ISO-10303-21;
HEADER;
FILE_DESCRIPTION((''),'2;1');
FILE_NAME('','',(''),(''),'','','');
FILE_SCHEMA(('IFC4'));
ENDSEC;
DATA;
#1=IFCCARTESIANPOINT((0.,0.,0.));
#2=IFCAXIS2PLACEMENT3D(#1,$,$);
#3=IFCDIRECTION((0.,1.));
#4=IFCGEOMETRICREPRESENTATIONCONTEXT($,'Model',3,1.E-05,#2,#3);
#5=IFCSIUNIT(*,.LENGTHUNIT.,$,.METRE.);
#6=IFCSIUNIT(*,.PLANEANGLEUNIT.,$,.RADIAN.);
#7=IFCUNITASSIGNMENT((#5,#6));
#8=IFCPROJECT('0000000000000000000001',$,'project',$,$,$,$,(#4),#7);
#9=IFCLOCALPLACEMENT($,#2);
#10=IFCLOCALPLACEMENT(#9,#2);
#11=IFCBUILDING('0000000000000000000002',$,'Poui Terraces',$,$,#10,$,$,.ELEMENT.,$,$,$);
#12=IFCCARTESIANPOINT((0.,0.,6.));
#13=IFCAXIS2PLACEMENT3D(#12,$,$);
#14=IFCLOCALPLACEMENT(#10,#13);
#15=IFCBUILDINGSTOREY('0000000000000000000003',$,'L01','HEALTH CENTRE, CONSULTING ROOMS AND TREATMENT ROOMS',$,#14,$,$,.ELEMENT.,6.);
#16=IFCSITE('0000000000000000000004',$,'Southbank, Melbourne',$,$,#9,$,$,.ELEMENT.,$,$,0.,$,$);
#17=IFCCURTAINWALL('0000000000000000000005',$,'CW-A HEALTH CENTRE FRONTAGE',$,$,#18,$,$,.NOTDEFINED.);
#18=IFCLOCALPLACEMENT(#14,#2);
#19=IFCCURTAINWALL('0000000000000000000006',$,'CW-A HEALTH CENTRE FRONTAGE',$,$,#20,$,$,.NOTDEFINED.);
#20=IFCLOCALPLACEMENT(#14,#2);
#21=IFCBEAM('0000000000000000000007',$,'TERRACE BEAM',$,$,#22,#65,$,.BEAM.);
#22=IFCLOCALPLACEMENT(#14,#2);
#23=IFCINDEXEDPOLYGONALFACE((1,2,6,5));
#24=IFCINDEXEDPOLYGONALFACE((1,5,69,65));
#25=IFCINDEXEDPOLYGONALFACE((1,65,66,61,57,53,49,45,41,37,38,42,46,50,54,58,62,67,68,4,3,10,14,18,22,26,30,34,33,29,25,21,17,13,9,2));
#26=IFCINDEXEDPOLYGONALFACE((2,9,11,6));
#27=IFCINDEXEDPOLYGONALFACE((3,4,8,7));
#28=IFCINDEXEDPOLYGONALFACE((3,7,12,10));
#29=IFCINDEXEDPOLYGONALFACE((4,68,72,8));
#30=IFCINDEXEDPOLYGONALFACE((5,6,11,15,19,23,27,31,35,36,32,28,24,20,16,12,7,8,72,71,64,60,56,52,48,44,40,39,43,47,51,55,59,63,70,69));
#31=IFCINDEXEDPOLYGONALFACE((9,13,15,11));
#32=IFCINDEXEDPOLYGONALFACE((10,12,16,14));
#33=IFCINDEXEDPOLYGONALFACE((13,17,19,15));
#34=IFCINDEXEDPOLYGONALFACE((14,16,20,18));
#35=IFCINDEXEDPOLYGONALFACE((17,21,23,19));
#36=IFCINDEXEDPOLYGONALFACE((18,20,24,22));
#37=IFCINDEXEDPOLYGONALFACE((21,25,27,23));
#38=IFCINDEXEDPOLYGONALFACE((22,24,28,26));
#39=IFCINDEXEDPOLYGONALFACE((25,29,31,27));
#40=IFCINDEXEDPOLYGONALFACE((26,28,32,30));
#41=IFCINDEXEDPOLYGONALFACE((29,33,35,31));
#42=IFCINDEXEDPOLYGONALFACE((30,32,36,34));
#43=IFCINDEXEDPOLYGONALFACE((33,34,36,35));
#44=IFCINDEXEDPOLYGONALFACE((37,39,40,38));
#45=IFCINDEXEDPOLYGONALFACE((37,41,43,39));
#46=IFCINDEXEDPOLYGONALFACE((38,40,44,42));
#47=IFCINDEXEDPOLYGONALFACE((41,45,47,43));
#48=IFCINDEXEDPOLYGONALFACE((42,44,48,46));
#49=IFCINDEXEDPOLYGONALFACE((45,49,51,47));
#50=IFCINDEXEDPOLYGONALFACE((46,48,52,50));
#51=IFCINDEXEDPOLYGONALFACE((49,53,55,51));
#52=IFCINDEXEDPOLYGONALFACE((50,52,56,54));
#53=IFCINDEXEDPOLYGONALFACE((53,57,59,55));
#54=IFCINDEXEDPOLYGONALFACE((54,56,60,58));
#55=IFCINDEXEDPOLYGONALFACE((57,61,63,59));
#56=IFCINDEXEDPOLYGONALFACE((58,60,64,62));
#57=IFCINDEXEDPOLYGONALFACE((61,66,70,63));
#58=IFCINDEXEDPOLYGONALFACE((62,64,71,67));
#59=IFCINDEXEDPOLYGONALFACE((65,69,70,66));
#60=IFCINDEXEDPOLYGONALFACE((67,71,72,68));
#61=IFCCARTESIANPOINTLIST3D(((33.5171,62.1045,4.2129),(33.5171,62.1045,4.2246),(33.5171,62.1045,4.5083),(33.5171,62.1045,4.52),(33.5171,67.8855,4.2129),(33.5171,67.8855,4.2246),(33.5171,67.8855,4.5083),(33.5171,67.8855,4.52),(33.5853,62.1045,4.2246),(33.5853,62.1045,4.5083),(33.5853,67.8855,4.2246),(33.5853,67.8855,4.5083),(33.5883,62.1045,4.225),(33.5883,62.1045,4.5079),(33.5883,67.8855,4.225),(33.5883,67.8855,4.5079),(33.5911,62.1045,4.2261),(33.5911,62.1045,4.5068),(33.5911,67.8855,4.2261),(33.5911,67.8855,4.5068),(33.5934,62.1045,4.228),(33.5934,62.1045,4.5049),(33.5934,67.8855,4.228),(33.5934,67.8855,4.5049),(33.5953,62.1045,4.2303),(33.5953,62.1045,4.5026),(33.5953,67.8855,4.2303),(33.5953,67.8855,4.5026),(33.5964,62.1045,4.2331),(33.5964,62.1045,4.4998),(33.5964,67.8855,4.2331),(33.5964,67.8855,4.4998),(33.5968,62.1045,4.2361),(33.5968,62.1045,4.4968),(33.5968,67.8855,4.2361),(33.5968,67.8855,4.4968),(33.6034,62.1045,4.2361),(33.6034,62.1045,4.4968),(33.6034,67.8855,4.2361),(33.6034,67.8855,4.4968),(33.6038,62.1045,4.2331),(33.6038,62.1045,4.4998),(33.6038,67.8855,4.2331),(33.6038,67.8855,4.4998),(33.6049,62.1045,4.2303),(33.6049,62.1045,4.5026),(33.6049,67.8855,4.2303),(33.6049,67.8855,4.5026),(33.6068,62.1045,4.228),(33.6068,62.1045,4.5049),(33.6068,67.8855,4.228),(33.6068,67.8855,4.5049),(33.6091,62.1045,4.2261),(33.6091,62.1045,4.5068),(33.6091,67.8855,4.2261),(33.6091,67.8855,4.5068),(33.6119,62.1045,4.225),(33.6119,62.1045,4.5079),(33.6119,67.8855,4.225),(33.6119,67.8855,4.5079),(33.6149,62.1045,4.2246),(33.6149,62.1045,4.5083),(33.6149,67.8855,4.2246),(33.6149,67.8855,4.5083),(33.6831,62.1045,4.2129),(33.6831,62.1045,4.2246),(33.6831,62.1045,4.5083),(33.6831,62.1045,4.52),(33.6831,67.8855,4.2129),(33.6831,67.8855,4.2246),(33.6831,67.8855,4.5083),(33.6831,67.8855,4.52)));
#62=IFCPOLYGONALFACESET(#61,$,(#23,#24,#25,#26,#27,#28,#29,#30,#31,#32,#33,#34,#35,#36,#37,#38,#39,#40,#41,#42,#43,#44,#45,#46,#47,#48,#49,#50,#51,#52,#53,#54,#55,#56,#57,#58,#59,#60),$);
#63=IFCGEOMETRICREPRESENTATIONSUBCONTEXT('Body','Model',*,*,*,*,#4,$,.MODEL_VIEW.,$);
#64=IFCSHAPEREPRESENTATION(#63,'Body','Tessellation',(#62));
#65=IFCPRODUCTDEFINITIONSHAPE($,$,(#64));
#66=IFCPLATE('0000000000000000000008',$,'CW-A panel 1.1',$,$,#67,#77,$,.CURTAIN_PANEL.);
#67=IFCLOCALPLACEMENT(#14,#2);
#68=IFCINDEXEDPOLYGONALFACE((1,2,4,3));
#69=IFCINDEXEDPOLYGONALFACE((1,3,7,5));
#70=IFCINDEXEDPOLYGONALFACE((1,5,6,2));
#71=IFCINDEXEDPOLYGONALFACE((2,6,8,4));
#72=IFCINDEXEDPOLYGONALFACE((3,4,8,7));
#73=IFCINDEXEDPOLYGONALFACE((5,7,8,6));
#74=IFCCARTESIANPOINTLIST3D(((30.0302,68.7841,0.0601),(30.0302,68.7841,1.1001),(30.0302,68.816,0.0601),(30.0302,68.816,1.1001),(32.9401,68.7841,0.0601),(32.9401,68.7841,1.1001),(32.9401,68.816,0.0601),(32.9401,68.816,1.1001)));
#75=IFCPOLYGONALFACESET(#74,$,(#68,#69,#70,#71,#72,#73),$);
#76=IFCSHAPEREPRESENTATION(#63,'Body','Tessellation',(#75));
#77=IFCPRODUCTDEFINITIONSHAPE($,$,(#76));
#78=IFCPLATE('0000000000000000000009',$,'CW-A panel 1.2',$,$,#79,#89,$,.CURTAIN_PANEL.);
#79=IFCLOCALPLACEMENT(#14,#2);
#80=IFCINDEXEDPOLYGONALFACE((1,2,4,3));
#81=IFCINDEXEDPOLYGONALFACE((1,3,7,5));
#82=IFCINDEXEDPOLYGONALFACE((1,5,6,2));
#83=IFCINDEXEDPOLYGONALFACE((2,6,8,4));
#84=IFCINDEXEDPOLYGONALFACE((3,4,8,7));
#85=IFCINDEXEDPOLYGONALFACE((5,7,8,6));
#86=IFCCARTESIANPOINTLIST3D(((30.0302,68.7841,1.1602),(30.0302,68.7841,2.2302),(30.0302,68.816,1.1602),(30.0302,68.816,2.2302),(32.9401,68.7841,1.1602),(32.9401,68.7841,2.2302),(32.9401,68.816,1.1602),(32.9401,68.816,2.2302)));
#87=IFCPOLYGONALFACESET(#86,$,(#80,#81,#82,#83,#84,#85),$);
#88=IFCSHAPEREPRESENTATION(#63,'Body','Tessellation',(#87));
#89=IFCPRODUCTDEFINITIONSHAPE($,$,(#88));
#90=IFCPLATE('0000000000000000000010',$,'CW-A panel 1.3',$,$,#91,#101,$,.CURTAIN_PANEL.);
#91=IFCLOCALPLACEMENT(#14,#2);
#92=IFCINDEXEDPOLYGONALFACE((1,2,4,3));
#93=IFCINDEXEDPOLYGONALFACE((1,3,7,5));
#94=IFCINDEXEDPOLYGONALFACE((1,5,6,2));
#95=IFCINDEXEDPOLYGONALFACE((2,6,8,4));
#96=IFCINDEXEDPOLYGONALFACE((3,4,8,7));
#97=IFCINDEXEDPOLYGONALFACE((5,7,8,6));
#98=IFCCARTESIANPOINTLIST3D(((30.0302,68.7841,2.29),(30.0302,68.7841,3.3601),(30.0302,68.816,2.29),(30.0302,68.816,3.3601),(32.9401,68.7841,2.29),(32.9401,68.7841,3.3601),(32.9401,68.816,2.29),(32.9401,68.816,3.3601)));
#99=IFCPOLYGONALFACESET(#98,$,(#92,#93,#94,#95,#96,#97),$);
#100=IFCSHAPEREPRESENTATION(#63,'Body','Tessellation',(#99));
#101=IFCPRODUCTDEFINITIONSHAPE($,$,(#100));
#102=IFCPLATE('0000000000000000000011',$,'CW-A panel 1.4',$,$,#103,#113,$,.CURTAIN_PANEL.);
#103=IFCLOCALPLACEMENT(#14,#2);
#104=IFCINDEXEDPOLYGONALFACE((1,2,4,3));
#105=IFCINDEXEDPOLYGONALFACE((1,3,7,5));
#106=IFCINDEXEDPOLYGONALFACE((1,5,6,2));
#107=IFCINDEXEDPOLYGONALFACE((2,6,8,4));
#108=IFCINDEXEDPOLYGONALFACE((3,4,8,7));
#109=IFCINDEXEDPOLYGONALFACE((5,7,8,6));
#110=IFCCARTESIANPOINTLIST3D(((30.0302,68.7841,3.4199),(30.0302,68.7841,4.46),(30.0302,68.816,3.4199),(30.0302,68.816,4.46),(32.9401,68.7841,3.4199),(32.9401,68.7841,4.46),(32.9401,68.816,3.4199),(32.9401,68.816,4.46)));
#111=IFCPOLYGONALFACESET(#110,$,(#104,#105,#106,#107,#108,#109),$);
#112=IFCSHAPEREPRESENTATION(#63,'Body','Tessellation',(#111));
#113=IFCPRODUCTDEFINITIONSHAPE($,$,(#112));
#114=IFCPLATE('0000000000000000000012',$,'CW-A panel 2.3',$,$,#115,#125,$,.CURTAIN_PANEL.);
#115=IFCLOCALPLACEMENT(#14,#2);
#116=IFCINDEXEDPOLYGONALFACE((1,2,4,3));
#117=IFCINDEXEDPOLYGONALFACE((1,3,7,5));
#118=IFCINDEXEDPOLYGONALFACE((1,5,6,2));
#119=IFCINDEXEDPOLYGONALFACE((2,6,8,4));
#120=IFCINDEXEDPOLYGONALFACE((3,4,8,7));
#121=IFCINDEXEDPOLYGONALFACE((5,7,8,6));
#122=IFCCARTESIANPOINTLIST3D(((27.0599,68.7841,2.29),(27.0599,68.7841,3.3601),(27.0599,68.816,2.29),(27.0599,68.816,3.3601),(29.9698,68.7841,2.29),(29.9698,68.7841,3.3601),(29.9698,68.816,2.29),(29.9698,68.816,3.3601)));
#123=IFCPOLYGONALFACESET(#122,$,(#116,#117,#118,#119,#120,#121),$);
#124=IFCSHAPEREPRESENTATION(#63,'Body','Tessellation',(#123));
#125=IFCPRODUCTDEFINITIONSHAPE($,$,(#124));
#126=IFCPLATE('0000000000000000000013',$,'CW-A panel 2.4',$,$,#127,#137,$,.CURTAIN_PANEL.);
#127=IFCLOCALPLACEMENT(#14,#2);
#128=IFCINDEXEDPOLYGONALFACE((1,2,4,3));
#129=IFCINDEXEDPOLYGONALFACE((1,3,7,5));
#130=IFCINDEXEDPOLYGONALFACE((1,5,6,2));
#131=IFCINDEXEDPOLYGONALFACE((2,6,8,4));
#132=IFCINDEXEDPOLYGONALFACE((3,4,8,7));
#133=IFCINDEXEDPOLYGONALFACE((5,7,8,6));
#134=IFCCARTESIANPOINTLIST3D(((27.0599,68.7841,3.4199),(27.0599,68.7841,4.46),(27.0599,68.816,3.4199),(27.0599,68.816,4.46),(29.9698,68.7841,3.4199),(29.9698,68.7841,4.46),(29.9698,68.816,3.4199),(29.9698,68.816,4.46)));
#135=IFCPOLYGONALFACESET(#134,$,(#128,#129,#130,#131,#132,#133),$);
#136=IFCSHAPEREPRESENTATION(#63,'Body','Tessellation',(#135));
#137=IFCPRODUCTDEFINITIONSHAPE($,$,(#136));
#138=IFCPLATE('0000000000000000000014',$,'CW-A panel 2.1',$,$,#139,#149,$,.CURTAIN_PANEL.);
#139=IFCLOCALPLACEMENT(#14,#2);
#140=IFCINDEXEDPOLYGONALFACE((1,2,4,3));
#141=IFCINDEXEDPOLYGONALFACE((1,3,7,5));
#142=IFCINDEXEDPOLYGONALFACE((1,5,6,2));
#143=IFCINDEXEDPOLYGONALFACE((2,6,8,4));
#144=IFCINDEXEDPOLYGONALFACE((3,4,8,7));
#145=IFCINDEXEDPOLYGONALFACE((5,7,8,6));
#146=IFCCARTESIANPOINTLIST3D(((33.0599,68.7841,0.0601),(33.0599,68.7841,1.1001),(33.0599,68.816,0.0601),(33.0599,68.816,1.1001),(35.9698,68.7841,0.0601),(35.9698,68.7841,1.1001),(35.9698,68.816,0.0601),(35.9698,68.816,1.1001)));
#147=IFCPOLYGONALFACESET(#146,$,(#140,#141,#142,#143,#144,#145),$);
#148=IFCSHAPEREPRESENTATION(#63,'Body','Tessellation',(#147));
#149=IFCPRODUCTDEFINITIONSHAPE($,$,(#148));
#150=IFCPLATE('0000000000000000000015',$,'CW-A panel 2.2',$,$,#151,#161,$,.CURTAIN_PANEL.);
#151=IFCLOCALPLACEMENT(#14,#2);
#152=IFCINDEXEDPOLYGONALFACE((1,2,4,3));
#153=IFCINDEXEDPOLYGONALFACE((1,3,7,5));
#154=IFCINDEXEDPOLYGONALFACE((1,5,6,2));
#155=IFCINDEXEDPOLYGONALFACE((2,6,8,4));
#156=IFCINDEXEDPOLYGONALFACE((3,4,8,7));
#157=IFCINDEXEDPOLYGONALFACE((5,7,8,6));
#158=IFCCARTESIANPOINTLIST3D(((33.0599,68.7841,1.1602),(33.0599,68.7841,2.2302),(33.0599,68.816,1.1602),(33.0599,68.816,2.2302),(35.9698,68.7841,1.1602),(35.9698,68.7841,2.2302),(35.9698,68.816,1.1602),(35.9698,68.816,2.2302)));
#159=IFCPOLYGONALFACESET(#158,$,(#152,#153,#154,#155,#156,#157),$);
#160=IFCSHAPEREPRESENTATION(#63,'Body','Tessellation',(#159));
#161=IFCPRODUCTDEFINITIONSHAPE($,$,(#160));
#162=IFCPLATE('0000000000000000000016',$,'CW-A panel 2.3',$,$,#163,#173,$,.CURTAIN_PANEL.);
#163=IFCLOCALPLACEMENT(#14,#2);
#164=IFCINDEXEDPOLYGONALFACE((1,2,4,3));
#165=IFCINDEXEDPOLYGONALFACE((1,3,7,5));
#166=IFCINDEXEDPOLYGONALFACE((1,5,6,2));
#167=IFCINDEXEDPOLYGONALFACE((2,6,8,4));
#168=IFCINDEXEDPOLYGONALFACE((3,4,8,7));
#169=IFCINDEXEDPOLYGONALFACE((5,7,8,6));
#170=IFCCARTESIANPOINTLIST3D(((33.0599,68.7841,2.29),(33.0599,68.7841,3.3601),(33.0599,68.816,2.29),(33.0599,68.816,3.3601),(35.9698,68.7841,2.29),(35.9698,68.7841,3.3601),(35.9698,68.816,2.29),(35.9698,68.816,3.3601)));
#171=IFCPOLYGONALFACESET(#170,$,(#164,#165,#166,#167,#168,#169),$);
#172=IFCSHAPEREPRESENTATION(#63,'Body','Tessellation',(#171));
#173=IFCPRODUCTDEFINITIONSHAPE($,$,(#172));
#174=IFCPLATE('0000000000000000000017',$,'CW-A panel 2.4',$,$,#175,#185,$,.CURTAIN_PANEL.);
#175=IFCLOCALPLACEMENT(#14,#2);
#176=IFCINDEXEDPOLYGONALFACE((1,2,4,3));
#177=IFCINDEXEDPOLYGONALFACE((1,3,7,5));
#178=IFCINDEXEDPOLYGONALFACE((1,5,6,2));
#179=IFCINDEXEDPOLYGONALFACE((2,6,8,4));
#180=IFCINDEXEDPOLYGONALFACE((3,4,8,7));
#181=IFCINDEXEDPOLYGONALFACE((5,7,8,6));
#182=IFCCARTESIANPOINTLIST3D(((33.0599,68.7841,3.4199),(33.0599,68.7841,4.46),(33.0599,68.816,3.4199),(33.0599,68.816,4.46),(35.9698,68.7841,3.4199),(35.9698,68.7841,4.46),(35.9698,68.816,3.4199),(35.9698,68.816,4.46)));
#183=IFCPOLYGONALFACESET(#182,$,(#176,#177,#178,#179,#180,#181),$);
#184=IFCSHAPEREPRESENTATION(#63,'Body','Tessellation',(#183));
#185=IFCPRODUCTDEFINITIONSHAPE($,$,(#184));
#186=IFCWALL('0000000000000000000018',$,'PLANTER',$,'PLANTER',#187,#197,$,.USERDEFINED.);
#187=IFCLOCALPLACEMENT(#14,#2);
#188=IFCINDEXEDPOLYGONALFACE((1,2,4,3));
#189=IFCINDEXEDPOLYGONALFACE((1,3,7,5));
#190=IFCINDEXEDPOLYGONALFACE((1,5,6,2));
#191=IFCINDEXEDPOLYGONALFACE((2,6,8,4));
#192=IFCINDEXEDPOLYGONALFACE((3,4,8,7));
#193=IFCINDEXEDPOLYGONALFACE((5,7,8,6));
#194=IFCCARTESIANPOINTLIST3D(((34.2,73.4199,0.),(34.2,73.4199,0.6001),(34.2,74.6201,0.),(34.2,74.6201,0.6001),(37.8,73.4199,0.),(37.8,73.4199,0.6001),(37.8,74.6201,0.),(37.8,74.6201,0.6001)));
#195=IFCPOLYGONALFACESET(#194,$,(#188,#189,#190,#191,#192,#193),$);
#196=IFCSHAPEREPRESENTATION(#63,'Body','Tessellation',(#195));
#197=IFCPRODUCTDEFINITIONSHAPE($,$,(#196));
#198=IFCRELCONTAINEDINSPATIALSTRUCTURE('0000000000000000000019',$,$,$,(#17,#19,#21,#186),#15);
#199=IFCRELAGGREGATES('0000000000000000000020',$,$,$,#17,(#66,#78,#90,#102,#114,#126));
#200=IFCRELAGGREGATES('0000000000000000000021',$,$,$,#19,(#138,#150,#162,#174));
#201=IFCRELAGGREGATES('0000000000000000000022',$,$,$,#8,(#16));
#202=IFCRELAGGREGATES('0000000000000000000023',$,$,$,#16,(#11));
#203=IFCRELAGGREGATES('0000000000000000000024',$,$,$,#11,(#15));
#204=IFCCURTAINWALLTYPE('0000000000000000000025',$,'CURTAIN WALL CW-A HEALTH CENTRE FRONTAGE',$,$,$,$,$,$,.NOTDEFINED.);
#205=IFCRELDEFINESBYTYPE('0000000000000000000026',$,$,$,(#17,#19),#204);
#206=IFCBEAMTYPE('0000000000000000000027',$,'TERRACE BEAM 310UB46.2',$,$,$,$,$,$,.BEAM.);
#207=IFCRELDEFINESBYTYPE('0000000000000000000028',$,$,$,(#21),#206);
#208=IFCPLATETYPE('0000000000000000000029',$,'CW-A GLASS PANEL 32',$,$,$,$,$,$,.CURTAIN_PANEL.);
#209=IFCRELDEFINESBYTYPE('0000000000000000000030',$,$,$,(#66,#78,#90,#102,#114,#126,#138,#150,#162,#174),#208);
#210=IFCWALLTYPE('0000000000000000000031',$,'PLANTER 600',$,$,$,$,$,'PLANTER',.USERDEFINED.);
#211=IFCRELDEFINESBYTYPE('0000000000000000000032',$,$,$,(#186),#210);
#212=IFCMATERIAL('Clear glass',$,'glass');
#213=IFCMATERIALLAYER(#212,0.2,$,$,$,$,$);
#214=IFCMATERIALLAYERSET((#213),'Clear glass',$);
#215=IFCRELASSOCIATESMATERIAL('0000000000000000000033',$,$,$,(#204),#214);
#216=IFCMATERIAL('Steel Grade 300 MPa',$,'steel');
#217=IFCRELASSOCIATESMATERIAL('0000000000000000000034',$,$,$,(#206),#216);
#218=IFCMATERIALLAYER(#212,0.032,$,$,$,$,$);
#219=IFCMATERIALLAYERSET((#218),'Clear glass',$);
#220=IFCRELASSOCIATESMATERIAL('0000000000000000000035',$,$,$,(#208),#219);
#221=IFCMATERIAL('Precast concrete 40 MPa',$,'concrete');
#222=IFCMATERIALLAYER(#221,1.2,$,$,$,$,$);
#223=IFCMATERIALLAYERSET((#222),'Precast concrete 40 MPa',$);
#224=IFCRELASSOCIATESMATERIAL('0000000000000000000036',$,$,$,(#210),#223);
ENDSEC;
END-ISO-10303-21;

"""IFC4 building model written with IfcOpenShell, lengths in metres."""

from ifc_helpers import new_model, si_unit, direction, frame, origin, origin_2d, place, context, subcontext, project, spatial, polyline, rectangle, i_section, outline, extrude, source, transform, mapped, material, layer, layer_set, material_profile, profile_set, type_object, element, aggregate, save


model = new_model("IFC4")

# Units and contexts
model_context = context("Model", 3, precision=1e-05, world=origin(), true_north=direction((0.0, 1.0)))
body_context = subcontext(model_context, "Body", "Model", "MODEL_VIEW")
ifc_project = project(units=[si_unit("LENGTHUNIT", "METRE"), si_unit("PLANEANGLEUNIT", "RADIAN")], contexts=[model_context])

# Site, building, storey
site_placement = place(None, origin())
site = spatial("IfcSite", under=ifc_project, at=site_placement, Name="Southbank, Melbourne", CompositionType="ELEMENT", RefElevation=0.0)
building_placement = place(site_placement, origin())
building = spatial("IfcBuilding", under=site, at=building_placement, Name="Poui Terraces", CompositionType="ELEMENT")
storey_placement = place(building_placement, frame((0.0, 0.0, 6.0)))
storey = spatial("IfcBuildingStorey", under=building, at=storey_placement, Name="L01", Description="HEALTH CENTRE, CONSULTING ROOMS AND TREATMENT ROOMS", CompositionType="ELEMENT", Elevation=6.0)

# Curtain wall
ifc_material_1 = material(Name="Clear glass", Category="glass")
ifc_layer_1 = layer(ifc_material_1, 0.2)
ifc_layer_set_1 = layer_set([ifc_layer_1], Name="Clear glass")
curtain_wall_type = type_object("IfcCurtainWallType", Name="CURTAIN WALL CW-A HEALTH CENTRE FRONTAGE", PredefinedType="NOTDEFINED", material=ifc_layer_set_1)
curtain_wall_1_placement = place(storey_placement, origin())
curtain_wall_1 = element("IfcCurtainWall", 1, at=curtain_wall_1_placement, inside=storey, type_object=curtain_wall_type, Name="CW-A HEALTH CENTRE FRONTAGE", PredefinedType="NOTDEFINED")

# Curtain wall
curtain_wall_2_placement = place(storey_placement, origin())
curtain_wall_2 = element("IfcCurtainWall", 2, at=curtain_wall_2_placement, inside=storey, type_object=curtain_wall_type, Name="CW-A HEALTH CENTRE FRONTAGE", PredefinedType="NOTDEFINED")

# Beam
ifc_material_2 = material(Name="Steel Grade 300 MPa", Category="steel")
ifc_material_profile_1 = material_profile(ifc_material_2, i_section(OverallWidth=0.166, OverallDepth=0.3071, WebThickness=0.0066, FlangeThickness=0.0117, FilletRadius=0.0115, at=origin_2d()), Name="310UB46.2")
ifc_profile_set_1 = profile_set([ifc_material_profile_1], Name="Steel Grade 300 MPa")
beam_type = type_object("IfcBeamType", Name="TERRACE BEAM 310UB46.2", PredefinedType="BEAM", material=ifc_profile_set_1)
shared_shape_1 = source(origin(), body_context, "Body", "SweptSolid", [
    extrude(i_section(OverallWidth=0.166, OverallDepth=0.3071, WebThickness=0.0066, FlangeThickness=0.0117, FilletRadius=0.0115, at=origin_2d()), origin(), (0.0, 0.0, 1.0), 5.781),
])
for number, where, z_axis, x_axis, name in (
    (3, (33.6001, 62.1045, 4.3665), (0.0, 1.0, 0.0), (-1.0, 0.0, 0.0), "TERRACE BEAM"),
):
    element("IfcBeam", number, at=place(storey_placement, frame(where, z_axis=z_axis, x_axis=x_axis)), inside=storey, type_object=beam_type, Name=name, PredefinedType="BEAM", context=body_context, shape_type="MappedRepresentation", body=[
        mapped(shared_shape_1, transform((0.0, 0.0, 0.0))),
    ])

# Plates
ifc_layer_2 = layer(ifc_material_1, 0.032)
ifc_layer_set_2 = layer_set([ifc_layer_2], Name="Clear glass")
plate_type = type_object("IfcPlateType", Name="CW-A GLASS PANEL 32", PredefinedType="CURTAIN_PANEL", material=ifc_layer_set_2)
plate_1_placement = place(storey_placement, frame((31.4851, 68.8, 0.0601), z_axis=(0.0, 0.0, 1.0), x_axis=(-1.0, 0.0, 0.0)))
plate_1 = element("IfcPlate", 4, at=plate_1_placement, type_object=plate_type, Name="CW-A panel 1.1", PredefinedType="CURTAIN_PANEL", context=body_context, shape_type="SweptSolid", body=[
    extrude(rectangle(XDim=2.9099, YDim=0.032, at=origin_2d()), origin(), (0.0, 0.0, 1.0), 1.04),
])
plate_2_placement = place(storey_placement, frame((31.4851, 68.8, 1.1602), z_axis=(0.0, 0.0, 1.0), x_axis=(-1.0, 0.0, 0.0)))
plate_2 = element("IfcPlate", 5, at=plate_2_placement, type_object=plate_type, Name="CW-A panel 1.2", PredefinedType="CURTAIN_PANEL", context=body_context, shape_type="SweptSolid", body=[
    extrude(rectangle(XDim=2.9099, YDim=0.032, at=origin_2d()), origin(), (0.0, 0.0, 1.0), 1.0701),
])
plate_3_placement = place(storey_placement, frame((31.4851, 68.8, 2.29), z_axis=(0.0, 0.0, 1.0), x_axis=(-1.0, 0.0, 0.0)))
plate_3 = element("IfcPlate", 6, at=plate_3_placement, type_object=plate_type, Name="CW-A panel 1.3", PredefinedType="CURTAIN_PANEL", context=body_context, shape_type="SweptSolid", body=[
    extrude(rectangle(XDim=2.9099, YDim=0.032, at=origin_2d()), origin(), (0.0, 0.0, 1.0), 1.0701),
])
plate_4_placement = place(storey_placement, frame((31.4851, 68.8, 3.4199), z_axis=(0.0, 0.0, 1.0), x_axis=(-1.0, 0.0, 0.0)))
plate_4 = element("IfcPlate", 7, at=plate_4_placement, type_object=plate_type, Name="CW-A panel 1.4", PredefinedType="CURTAIN_PANEL", context=body_context, shape_type="SweptSolid", body=[
    extrude(rectangle(XDim=2.9099, YDim=0.032, at=origin_2d()), origin(), (0.0, 0.0, 1.0), 1.04),
])
plate_5_placement = place(storey_placement, frame((28.5149, 68.8, 2.29), z_axis=(0.0, 0.0, 1.0), x_axis=(-1.0, 0.0, 0.0)))
plate_5 = element("IfcPlate", 8, at=plate_5_placement, type_object=plate_type, Name="CW-A panel 2.3", PredefinedType="CURTAIN_PANEL", context=body_context, shape_type="SweptSolid", body=[
    extrude(rectangle(XDim=2.9099, YDim=0.032, at=origin_2d()), origin(), (0.0, 0.0, 1.0), 1.0701),
])
plate_6_placement = place(storey_placement, frame((28.5149, 68.8, 3.4199), z_axis=(0.0, 0.0, 1.0), x_axis=(-1.0, 0.0, 0.0)))
plate_6 = element("IfcPlate", 9, at=plate_6_placement, type_object=plate_type, Name="CW-A panel 2.4", PredefinedType="CURTAIN_PANEL", context=body_context, shape_type="SweptSolid", body=[
    extrude(rectangle(XDim=2.9099, YDim=0.032, at=origin_2d()), origin(), (0.0, 0.0, 1.0), 1.04),
])
aggregate(curtain_wall_1, [plate_1, plate_2, plate_3, plate_4, plate_5, plate_6])
plate_7_placement = place(storey_placement, frame((34.5149, 68.8, 0.0601), z_axis=(0.0, 0.0, 1.0), x_axis=(-1.0, 0.0, 0.0)))
plate_7 = element("IfcPlate", 10, at=plate_7_placement, type_object=plate_type, Name="CW-A panel 2.1", PredefinedType="CURTAIN_PANEL", context=body_context, shape_type="SweptSolid", body=[
    extrude(rectangle(XDim=2.9099, YDim=0.032, at=origin_2d()), origin(), (0.0, 0.0, 1.0), 1.04),
])
plate_8_placement = place(storey_placement, frame((34.5149, 68.8, 1.1602), z_axis=(0.0, 0.0, 1.0), x_axis=(-1.0, 0.0, 0.0)))
plate_8 = element("IfcPlate", 11, at=plate_8_placement, type_object=plate_type, Name="CW-A panel 2.2", PredefinedType="CURTAIN_PANEL", context=body_context, shape_type="SweptSolid", body=[
    extrude(rectangle(XDim=2.9099, YDim=0.032, at=origin_2d()), origin(), (0.0, 0.0, 1.0), 1.0701),
])
plate_9_placement = place(storey_placement, frame((34.5149, 68.8, 2.29), z_axis=(0.0, 0.0, 1.0), x_axis=(-1.0, 0.0, 0.0)))
plate_9 = element("IfcPlate", 12, at=plate_9_placement, type_object=plate_type, Name="CW-A panel 2.3", PredefinedType="CURTAIN_PANEL", context=body_context, shape_type="SweptSolid", body=[
    extrude(rectangle(XDim=2.9099, YDim=0.032, at=origin_2d()), origin(), (0.0, 0.0, 1.0), 1.0701),
])
plate_10_placement = place(storey_placement, frame((34.5149, 68.8, 3.4199), z_axis=(0.0, 0.0, 1.0), x_axis=(-1.0, 0.0, 0.0)))
plate_10 = element("IfcPlate", 13, at=plate_10_placement, type_object=plate_type, Name="CW-A panel 2.4", PredefinedType="CURTAIN_PANEL", context=body_context, shape_type="SweptSolid", body=[
    extrude(rectangle(XDim=2.9099, YDim=0.032, at=origin_2d()), origin(), (0.0, 0.0, 1.0), 1.04),
])
aggregate(curtain_wall_2, [plate_7, plate_8, plate_9, plate_10])

# Wall
ifc_material_3 = material(Name="Precast concrete 40 MPa", Category="concrete")
ifc_layer_3 = layer(ifc_material_3, 1.2)
ifc_layer_set_3 = layer_set([ifc_layer_3], Name="Precast concrete 40 MPa")
wall_type = type_object("IfcWallType", Name="PLANTER 600", ElementType="PLANTER", PredefinedType="USERDEFINED", material=ifc_layer_set_3)
shared_shape_2 = source(origin(), body_context, "Body", "SweptSolid", [
    extrude(outline(polyline([(0.0, 0.0), (3.6001, 0.0), (3.6001, 1.2002), (0.0, 1.2002), (0.0, 0.0)])), origin(), (0.0, 0.0, 1.0), 0.6001),
])
wall_placement = place(storey_placement, frame((34.2, 73.4199, 0.0)))
element("IfcWall", 14, at=wall_placement, inside=storey, type_object=wall_type, Name="PLANTER", ObjectType="PLANTER", PredefinedType="USERDEFINED", context=body_context, shape_type="MappedRepresentation", body=[
    mapped(shared_shape_2, transform((0.0, 0.0, 0.0))),
])

save(model, "model.ifc")
